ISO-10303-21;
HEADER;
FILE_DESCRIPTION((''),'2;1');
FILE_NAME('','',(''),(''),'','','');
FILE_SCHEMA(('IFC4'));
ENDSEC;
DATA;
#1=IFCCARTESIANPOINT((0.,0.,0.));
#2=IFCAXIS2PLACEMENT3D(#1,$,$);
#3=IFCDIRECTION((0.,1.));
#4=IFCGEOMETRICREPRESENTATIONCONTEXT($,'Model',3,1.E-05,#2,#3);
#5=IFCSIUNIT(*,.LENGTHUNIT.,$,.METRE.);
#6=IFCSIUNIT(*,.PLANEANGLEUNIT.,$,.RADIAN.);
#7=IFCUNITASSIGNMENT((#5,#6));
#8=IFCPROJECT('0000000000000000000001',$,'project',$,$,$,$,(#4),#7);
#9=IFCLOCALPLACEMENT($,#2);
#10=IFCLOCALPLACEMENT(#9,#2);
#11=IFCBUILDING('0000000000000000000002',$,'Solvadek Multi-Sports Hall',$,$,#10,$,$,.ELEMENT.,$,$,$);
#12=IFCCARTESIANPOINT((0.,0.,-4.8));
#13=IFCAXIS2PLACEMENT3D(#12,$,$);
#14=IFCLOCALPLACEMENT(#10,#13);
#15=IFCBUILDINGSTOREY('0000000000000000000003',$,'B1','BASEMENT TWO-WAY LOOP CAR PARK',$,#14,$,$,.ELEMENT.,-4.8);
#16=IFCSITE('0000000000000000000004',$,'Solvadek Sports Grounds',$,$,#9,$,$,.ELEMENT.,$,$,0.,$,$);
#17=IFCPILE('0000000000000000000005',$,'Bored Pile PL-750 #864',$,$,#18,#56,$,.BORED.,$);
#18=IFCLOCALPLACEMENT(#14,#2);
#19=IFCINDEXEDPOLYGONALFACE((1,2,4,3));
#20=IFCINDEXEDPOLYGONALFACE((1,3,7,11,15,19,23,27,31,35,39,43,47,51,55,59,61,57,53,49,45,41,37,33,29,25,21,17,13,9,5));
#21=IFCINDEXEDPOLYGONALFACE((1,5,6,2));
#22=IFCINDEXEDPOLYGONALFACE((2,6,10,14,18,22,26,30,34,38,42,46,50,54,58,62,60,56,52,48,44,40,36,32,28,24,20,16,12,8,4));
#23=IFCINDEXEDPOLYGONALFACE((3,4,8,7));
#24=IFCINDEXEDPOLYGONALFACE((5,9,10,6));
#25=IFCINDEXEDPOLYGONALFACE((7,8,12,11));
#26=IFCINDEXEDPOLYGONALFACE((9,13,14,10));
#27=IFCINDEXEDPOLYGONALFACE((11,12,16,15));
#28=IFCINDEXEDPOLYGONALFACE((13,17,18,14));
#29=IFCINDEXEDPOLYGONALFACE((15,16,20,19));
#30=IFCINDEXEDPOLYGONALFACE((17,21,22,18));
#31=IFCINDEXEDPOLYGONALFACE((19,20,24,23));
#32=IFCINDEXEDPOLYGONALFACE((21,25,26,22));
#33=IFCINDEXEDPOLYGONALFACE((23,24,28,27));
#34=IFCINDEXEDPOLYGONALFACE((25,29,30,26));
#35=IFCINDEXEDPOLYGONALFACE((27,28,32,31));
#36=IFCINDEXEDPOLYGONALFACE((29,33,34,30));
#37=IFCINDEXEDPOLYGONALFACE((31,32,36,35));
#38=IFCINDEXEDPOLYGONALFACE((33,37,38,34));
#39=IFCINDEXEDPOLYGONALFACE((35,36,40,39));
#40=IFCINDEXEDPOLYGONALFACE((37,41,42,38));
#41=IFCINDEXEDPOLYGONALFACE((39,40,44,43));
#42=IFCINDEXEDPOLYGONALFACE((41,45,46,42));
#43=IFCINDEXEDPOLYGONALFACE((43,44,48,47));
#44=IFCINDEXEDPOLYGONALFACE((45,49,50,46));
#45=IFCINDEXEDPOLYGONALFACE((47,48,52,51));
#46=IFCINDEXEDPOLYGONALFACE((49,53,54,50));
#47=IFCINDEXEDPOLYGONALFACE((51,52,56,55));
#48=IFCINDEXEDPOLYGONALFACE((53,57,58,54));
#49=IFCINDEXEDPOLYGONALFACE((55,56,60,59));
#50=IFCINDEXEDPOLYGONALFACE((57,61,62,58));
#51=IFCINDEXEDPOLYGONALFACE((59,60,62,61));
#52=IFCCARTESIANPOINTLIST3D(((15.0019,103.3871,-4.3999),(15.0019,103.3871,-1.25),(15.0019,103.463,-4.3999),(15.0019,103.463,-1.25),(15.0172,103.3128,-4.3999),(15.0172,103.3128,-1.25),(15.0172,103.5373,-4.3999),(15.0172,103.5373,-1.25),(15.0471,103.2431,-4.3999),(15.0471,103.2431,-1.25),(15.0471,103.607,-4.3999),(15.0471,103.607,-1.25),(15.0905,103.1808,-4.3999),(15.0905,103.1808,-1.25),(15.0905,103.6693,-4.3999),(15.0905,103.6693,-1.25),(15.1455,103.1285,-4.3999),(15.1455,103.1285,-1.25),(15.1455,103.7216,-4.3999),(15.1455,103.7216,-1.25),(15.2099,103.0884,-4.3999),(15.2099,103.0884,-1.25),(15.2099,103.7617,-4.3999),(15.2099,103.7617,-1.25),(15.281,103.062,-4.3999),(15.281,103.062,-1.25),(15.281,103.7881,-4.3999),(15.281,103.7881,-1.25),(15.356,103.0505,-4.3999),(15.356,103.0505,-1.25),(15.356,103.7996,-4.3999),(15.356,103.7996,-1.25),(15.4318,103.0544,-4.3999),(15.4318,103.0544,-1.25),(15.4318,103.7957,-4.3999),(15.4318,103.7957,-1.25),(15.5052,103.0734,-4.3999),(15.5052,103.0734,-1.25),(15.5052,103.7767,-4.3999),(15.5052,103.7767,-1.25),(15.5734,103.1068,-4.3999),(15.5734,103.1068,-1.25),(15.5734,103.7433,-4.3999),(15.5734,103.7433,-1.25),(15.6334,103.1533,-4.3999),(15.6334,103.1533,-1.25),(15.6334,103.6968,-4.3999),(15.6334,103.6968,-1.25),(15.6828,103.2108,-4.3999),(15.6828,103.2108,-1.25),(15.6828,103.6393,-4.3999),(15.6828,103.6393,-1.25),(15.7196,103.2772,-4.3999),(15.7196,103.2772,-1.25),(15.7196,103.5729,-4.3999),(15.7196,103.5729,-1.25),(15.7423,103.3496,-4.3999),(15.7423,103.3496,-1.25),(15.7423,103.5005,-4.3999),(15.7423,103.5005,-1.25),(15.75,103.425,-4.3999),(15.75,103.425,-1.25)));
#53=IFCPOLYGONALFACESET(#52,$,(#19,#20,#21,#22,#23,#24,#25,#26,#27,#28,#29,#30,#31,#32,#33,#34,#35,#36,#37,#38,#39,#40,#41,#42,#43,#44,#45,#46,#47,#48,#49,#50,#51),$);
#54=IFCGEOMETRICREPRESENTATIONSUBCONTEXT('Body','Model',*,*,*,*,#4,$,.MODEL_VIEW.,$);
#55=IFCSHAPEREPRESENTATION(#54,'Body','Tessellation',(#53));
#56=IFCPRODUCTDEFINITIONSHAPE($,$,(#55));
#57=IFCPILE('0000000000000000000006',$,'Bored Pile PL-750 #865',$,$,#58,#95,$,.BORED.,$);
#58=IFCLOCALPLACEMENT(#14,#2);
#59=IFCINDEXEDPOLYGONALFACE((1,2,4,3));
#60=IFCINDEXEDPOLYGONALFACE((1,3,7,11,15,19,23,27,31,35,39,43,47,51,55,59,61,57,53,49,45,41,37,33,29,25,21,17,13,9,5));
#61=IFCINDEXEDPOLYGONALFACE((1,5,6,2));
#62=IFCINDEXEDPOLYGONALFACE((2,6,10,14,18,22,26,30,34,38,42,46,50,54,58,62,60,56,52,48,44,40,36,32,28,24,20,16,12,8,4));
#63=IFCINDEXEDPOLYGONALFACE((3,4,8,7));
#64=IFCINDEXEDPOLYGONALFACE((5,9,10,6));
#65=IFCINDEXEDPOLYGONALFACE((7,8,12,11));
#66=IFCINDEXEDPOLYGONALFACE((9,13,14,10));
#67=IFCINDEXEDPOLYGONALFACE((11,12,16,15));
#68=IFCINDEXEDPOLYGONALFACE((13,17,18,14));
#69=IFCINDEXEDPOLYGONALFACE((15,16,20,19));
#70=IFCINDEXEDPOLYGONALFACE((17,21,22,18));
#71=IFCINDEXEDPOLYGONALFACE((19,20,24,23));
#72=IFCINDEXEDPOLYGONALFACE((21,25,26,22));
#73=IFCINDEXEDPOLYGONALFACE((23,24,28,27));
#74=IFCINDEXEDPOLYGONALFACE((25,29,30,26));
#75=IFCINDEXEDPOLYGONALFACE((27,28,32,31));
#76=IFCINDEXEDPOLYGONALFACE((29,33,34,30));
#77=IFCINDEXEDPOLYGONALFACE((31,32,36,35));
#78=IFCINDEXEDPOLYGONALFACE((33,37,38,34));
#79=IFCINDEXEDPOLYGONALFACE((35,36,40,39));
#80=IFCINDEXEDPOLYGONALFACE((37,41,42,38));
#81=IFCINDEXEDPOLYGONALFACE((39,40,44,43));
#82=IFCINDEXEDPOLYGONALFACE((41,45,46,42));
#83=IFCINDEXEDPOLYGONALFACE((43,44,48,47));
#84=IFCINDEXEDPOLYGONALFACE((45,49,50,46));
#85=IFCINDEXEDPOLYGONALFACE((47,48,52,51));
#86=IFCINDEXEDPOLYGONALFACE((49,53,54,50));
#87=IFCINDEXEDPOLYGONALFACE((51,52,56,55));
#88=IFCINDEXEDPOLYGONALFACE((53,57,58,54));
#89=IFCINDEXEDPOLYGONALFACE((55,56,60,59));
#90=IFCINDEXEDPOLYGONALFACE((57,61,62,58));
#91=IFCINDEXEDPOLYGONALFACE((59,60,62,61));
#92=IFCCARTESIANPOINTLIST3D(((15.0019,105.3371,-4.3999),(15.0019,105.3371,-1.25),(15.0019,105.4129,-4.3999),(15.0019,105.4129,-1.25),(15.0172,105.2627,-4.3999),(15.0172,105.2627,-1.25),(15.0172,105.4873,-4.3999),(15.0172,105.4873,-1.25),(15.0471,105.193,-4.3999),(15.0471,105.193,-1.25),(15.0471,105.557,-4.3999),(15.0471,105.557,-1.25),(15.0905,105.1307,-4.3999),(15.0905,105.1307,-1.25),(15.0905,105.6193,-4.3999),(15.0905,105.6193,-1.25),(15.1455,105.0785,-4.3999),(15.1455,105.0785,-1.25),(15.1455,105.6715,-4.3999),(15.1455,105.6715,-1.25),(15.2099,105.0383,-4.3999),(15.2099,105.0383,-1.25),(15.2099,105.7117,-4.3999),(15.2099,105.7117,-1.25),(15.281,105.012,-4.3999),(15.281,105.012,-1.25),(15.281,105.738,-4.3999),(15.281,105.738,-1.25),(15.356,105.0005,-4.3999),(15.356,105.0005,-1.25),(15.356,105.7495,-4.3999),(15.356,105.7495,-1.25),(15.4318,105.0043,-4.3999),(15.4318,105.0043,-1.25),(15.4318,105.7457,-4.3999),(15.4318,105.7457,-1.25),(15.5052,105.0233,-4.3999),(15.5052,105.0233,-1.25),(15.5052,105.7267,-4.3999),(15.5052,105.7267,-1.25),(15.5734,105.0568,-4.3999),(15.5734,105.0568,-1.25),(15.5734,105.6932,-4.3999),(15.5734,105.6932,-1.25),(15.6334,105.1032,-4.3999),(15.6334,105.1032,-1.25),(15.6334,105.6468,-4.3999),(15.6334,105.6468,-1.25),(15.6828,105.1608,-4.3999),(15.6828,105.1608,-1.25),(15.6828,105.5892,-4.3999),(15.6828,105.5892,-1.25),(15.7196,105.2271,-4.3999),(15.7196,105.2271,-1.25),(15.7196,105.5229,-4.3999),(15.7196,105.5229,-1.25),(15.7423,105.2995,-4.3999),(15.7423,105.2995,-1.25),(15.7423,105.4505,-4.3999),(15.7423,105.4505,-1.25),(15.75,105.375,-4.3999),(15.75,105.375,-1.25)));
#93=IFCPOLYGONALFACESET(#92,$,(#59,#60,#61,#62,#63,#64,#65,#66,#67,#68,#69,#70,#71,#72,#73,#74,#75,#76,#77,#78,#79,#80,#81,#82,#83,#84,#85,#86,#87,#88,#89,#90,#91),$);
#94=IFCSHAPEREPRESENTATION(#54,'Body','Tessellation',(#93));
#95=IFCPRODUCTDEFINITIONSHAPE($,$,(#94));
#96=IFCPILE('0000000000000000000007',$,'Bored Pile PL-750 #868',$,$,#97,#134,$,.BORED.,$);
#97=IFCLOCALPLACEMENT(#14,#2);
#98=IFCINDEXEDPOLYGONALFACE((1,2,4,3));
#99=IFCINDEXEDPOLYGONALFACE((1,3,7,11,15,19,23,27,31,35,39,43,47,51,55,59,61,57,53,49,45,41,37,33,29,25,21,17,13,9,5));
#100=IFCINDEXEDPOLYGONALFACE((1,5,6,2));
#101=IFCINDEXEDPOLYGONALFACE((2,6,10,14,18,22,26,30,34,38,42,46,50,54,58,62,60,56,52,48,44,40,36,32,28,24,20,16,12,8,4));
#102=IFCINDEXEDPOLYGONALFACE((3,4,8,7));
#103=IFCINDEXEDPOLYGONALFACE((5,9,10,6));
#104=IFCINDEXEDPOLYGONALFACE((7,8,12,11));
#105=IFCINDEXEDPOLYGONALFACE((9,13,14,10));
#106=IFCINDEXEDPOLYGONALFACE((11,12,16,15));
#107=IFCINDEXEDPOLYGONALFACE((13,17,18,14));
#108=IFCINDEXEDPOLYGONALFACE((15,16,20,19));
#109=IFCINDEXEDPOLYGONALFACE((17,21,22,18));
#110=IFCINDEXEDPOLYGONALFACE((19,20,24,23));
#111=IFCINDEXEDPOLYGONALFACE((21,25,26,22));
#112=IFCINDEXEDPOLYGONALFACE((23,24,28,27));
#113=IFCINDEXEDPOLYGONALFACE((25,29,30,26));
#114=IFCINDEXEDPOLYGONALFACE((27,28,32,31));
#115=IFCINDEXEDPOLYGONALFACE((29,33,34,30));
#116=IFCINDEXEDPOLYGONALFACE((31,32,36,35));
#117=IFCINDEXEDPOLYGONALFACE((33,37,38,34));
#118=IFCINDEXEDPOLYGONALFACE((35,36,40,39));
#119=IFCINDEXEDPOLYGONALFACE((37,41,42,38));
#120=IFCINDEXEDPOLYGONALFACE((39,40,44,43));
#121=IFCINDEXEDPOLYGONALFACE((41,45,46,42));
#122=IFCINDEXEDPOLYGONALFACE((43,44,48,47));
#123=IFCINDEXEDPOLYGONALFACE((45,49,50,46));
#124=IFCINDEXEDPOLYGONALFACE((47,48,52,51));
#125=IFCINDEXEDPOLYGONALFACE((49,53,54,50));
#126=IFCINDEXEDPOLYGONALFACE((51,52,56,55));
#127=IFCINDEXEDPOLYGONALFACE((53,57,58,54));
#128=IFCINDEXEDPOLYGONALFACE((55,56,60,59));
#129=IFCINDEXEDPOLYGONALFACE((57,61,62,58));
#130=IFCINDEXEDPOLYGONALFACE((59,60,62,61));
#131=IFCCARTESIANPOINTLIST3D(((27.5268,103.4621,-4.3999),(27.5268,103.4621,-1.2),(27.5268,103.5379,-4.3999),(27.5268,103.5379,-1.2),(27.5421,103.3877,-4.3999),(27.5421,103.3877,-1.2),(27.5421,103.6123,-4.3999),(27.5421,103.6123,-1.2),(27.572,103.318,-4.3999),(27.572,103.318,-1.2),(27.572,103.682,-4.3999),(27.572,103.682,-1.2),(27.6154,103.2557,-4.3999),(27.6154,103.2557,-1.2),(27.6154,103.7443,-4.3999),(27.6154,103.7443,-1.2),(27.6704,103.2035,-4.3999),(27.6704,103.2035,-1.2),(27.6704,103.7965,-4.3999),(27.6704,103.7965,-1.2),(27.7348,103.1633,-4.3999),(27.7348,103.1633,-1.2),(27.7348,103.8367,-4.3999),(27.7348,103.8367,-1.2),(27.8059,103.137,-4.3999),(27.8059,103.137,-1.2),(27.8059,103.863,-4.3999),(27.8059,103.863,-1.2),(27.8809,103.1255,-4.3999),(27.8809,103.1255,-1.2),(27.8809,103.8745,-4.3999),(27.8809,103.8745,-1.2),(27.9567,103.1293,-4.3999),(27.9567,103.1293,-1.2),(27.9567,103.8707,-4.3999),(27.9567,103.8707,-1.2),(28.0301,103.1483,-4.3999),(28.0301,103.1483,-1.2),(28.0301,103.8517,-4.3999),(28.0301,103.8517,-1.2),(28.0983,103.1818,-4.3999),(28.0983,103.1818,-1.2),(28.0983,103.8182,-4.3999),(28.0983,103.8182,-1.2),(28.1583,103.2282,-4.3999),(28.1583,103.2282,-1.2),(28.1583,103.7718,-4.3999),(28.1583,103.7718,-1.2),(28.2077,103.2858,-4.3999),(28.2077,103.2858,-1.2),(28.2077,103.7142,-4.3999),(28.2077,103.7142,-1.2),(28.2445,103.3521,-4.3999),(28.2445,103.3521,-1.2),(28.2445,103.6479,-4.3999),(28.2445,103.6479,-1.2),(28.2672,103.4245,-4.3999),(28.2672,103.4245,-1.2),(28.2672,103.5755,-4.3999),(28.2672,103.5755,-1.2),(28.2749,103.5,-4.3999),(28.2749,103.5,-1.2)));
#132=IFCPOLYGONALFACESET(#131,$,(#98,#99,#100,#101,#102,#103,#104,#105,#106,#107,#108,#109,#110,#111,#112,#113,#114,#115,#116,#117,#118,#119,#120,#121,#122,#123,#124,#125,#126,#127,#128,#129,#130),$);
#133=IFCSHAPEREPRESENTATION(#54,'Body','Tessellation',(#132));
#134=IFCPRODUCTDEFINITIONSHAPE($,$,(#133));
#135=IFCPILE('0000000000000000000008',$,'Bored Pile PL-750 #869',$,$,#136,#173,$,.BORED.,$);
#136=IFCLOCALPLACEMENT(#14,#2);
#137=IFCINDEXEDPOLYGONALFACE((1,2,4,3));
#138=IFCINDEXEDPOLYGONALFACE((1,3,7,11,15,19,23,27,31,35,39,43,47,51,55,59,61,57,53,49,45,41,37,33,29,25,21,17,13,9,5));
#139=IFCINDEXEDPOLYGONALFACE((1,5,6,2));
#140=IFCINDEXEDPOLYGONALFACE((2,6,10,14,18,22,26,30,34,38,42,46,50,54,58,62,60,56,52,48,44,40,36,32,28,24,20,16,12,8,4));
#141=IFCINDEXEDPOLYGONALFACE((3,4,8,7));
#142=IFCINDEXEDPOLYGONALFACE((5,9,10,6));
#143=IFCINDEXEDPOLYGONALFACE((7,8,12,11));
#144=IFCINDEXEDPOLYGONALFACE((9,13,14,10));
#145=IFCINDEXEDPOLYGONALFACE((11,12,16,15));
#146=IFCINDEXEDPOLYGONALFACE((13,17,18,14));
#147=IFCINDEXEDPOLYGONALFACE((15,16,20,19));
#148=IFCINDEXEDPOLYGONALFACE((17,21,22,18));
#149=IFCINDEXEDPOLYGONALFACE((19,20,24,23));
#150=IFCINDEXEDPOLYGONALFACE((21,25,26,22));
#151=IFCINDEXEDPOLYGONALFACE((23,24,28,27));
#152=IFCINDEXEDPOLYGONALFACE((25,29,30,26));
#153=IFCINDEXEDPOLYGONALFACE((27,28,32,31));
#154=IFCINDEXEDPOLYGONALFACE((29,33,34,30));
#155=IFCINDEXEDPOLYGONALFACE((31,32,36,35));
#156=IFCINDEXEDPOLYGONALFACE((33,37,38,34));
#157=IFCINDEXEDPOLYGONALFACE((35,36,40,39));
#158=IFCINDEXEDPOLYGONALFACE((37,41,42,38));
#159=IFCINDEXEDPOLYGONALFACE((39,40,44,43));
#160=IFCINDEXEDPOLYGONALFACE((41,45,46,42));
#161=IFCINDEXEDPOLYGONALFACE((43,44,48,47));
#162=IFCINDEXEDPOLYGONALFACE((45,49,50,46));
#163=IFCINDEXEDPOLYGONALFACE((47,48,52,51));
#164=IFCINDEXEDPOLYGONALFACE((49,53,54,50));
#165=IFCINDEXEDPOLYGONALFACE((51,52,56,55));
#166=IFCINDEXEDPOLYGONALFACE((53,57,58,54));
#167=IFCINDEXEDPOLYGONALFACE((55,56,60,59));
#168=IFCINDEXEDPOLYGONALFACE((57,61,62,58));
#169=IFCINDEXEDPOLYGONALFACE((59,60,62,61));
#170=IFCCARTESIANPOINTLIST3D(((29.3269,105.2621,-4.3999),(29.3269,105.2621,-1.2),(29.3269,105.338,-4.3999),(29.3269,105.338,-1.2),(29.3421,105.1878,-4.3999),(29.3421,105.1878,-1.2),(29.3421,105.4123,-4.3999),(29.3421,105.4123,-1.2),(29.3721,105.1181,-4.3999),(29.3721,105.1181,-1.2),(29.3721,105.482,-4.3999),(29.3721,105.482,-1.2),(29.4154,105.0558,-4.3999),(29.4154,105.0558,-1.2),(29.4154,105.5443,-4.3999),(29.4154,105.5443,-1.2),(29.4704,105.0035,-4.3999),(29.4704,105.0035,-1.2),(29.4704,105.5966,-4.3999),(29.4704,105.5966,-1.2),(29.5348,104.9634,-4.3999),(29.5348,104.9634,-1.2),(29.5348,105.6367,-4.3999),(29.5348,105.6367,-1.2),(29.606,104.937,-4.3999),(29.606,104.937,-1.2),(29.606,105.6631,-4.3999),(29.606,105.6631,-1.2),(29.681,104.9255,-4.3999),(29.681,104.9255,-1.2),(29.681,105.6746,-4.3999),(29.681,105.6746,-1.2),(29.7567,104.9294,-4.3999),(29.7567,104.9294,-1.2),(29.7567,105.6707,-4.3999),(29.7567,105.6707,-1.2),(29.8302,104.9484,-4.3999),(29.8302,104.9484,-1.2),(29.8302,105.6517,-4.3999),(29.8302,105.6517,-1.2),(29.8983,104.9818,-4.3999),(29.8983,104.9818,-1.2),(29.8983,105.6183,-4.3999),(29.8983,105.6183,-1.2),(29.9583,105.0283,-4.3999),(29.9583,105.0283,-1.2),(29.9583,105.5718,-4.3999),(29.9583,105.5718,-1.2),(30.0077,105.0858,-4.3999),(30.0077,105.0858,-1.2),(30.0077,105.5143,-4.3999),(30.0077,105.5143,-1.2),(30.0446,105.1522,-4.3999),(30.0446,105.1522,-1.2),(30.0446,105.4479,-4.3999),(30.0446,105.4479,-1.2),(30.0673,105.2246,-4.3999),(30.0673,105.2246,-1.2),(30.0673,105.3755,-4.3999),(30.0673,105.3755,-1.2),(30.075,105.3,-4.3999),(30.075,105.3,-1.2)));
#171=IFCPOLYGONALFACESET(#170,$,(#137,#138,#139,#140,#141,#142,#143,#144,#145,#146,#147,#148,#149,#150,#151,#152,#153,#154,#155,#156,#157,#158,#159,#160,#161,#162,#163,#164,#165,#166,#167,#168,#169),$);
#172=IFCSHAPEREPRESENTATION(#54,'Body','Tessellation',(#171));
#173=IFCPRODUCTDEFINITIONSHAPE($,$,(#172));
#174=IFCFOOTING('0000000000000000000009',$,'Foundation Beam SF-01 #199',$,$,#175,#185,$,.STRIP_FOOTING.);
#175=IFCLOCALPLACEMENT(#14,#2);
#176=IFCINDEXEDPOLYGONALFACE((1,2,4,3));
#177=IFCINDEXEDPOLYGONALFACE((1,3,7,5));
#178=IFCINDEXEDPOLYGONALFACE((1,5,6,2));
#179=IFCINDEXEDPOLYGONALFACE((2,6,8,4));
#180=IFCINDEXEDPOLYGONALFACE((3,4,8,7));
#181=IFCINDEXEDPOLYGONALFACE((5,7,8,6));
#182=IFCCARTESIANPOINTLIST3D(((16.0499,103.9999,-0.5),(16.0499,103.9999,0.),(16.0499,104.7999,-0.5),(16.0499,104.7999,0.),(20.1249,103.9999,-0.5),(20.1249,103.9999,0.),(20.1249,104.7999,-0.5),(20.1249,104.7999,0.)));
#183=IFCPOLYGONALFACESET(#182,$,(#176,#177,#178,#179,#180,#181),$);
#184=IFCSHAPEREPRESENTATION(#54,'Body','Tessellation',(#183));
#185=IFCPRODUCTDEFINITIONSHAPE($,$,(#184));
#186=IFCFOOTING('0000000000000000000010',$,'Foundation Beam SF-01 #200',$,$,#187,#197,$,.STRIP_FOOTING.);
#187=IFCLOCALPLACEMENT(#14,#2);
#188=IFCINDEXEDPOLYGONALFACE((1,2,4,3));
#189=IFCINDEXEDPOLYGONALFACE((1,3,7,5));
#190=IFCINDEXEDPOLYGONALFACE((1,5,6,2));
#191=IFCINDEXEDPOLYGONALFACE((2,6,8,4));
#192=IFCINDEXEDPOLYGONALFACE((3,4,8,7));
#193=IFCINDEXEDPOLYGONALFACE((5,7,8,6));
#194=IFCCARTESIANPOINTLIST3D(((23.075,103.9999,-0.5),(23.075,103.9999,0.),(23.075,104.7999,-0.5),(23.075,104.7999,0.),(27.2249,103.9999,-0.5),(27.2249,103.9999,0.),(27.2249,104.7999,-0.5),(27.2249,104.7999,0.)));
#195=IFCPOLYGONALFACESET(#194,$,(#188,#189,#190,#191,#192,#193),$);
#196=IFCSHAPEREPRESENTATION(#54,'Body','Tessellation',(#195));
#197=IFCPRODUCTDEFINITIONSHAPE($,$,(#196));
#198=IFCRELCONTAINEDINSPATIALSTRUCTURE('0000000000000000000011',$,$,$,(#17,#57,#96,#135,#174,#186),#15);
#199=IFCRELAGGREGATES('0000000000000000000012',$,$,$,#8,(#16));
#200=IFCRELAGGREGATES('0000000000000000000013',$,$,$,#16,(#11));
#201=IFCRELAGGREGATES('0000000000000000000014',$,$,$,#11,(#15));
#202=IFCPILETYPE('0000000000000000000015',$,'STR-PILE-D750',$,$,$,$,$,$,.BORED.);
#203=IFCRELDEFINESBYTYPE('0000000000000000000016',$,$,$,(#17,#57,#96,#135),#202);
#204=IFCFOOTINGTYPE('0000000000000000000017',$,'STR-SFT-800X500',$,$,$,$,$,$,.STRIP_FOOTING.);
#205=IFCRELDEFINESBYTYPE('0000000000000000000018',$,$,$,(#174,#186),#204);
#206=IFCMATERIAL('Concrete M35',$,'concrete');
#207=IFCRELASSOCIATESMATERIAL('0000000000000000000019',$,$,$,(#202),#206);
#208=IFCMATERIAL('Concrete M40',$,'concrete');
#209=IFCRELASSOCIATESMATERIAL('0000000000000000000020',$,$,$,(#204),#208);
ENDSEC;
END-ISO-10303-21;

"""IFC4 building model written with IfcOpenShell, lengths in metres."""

from ifc_helpers import new_model, si_unit, direction, frame, origin, origin_2d, place, context, subcontext, project, spatial, rectangle, circle, extrude, material, material_profile, profile_set, type_object, element, save


model = new_model("IFC4")

# Units and contexts
model_context = context("Model", 3, precision=1e-05, world=origin(), true_north=direction((0.0, 1.0)))
body_context = subcontext(model_context, "Body", "Model", "MODEL_VIEW")
ifc_project = project(units=[si_unit("LENGTHUNIT", "METRE"), si_unit("PLANEANGLEUNIT", "RADIAN")], contexts=[model_context])

# Site, building, storey
site_placement = place(None, origin())
site = spatial("IfcSite", under=ifc_project, at=site_placement, Name="Solvadek Sports Grounds", CompositionType="ELEMENT", RefElevation=0.0)
building_placement = place(site_placement, origin())
building = spatial("IfcBuilding", under=site, at=building_placement, Name="Solvadek Multi-Sports Hall", CompositionType="ELEMENT")
storey_placement = place(building_placement, frame((0.0, 0.0, -4.8)))
storey = spatial("IfcBuildingStorey", under=building, at=storey_placement, Name="B1", Description="BASEMENT TWO-WAY LOOP CAR PARK", CompositionType="ELEMENT", Elevation=-4.8)

# Shared definitions
ifc_material_1 = material(Name="Concrete M40", Category="concrete")

# Piles
ifc_material_2 = material(Name="Concrete M35", Category="concrete")
ifc_material_profile_1 = material_profile(ifc_material_2, circle(Radius=0.375, at=origin_2d()), Name="BORED PILE D750")
ifc_profile_set_1 = profile_set([ifc_material_profile_1], Name="Concrete M35")
pile_type_1 = type_object("IfcPileType", Name="STR-PILE-D750", PredefinedType="BORED", material=ifc_profile_set_1)
for number, where, z_axis, x_axis, name in (
    (1, (15.375, 103.425, -1.25), (0.0, 0.0, -1.0), (1.0, 0.0, 0.0), "Bored Pile PL-750 #864"),
    (2, (15.375, 105.375, -1.25), (0.0, 0.0, -1.0), (1.0, 0.0, 0.0), "Bored Pile PL-750 #865"),
):
    element("IfcPile", number, at=place(storey_placement, frame(where, z_axis=z_axis, x_axis=x_axis)), inside=storey, type_object=pile_type_1, Name=name, PredefinedType="BORED", context=body_context, shape_type="SweptSolid", body=[
        extrude(circle(Radius=0.375, at=origin_2d()), origin(), (0.0, 0.0, 1.0), 3.1499),
    ])
for number, where, z_axis, x_axis, name in (
    (3, (27.8999, 103.5, -1.2), (0.0, 0.0, -1.0), (1.0, 0.0, 0.0), "Bored Pile PL-750 #868"),
    (4, (29.7, 105.3, -1.2), (0.0, 0.0, -1.0), (1.0, 0.0, 0.0), "Bored Pile PL-750 #869"),
):
    element("IfcPile", number, at=place(storey_placement, frame(where, z_axis=z_axis, x_axis=x_axis)), inside=storey, type_object=pile_type_1, Name=name, PredefinedType="BORED", context=body_context, shape_type="SweptSolid", body=[
        extrude(circle(Radius=0.375, at=origin_2d()), origin(), (0.0, 0.0, 1.0), 3.2),
    ])

# Footings
footing_type_1 = type_object("IfcFootingType", Name="STR-SFT-800X500", PredefinedType="STRIP_FOOTING", material=ifc_material_1)
footing_1_placement = place(storey_placement, frame((18.0874, 104.3999, -0.5), z_axis=(0.0, 0.0, 1.0), x_axis=(1.0, 0.0, 0.0)))
element("IfcFooting", 5, at=footing_1_placement, inside=storey, type_object=footing_type_1, Name="Foundation Beam SF-01 #199", PredefinedType="STRIP_FOOTING", context=body_context, shape_type="SweptSolid", body=[
    extrude(rectangle(XDim=4.075, YDim=0.8, at=origin_2d()), origin(), (0.0, 0.0, 1.0), 0.5),
])
footing_2_placement = place(storey_placement, frame((25.1499, 104.3999, -0.5), z_axis=(0.0, 0.0, 1.0), x_axis=(1.0, 0.0, 0.0)))
element("IfcFooting", 6, at=footing_2_placement, inside=storey, type_object=footing_type_1, Name="Foundation Beam SF-01 #200", PredefinedType="STRIP_FOOTING", context=body_context, shape_type="SweptSolid", body=[
    extrude(rectangle(XDim=4.1499, YDim=0.8, at=origin_2d()), origin(), (0.0, 0.0, 1.0), 0.5),
])

save(model, "model.ifc")
